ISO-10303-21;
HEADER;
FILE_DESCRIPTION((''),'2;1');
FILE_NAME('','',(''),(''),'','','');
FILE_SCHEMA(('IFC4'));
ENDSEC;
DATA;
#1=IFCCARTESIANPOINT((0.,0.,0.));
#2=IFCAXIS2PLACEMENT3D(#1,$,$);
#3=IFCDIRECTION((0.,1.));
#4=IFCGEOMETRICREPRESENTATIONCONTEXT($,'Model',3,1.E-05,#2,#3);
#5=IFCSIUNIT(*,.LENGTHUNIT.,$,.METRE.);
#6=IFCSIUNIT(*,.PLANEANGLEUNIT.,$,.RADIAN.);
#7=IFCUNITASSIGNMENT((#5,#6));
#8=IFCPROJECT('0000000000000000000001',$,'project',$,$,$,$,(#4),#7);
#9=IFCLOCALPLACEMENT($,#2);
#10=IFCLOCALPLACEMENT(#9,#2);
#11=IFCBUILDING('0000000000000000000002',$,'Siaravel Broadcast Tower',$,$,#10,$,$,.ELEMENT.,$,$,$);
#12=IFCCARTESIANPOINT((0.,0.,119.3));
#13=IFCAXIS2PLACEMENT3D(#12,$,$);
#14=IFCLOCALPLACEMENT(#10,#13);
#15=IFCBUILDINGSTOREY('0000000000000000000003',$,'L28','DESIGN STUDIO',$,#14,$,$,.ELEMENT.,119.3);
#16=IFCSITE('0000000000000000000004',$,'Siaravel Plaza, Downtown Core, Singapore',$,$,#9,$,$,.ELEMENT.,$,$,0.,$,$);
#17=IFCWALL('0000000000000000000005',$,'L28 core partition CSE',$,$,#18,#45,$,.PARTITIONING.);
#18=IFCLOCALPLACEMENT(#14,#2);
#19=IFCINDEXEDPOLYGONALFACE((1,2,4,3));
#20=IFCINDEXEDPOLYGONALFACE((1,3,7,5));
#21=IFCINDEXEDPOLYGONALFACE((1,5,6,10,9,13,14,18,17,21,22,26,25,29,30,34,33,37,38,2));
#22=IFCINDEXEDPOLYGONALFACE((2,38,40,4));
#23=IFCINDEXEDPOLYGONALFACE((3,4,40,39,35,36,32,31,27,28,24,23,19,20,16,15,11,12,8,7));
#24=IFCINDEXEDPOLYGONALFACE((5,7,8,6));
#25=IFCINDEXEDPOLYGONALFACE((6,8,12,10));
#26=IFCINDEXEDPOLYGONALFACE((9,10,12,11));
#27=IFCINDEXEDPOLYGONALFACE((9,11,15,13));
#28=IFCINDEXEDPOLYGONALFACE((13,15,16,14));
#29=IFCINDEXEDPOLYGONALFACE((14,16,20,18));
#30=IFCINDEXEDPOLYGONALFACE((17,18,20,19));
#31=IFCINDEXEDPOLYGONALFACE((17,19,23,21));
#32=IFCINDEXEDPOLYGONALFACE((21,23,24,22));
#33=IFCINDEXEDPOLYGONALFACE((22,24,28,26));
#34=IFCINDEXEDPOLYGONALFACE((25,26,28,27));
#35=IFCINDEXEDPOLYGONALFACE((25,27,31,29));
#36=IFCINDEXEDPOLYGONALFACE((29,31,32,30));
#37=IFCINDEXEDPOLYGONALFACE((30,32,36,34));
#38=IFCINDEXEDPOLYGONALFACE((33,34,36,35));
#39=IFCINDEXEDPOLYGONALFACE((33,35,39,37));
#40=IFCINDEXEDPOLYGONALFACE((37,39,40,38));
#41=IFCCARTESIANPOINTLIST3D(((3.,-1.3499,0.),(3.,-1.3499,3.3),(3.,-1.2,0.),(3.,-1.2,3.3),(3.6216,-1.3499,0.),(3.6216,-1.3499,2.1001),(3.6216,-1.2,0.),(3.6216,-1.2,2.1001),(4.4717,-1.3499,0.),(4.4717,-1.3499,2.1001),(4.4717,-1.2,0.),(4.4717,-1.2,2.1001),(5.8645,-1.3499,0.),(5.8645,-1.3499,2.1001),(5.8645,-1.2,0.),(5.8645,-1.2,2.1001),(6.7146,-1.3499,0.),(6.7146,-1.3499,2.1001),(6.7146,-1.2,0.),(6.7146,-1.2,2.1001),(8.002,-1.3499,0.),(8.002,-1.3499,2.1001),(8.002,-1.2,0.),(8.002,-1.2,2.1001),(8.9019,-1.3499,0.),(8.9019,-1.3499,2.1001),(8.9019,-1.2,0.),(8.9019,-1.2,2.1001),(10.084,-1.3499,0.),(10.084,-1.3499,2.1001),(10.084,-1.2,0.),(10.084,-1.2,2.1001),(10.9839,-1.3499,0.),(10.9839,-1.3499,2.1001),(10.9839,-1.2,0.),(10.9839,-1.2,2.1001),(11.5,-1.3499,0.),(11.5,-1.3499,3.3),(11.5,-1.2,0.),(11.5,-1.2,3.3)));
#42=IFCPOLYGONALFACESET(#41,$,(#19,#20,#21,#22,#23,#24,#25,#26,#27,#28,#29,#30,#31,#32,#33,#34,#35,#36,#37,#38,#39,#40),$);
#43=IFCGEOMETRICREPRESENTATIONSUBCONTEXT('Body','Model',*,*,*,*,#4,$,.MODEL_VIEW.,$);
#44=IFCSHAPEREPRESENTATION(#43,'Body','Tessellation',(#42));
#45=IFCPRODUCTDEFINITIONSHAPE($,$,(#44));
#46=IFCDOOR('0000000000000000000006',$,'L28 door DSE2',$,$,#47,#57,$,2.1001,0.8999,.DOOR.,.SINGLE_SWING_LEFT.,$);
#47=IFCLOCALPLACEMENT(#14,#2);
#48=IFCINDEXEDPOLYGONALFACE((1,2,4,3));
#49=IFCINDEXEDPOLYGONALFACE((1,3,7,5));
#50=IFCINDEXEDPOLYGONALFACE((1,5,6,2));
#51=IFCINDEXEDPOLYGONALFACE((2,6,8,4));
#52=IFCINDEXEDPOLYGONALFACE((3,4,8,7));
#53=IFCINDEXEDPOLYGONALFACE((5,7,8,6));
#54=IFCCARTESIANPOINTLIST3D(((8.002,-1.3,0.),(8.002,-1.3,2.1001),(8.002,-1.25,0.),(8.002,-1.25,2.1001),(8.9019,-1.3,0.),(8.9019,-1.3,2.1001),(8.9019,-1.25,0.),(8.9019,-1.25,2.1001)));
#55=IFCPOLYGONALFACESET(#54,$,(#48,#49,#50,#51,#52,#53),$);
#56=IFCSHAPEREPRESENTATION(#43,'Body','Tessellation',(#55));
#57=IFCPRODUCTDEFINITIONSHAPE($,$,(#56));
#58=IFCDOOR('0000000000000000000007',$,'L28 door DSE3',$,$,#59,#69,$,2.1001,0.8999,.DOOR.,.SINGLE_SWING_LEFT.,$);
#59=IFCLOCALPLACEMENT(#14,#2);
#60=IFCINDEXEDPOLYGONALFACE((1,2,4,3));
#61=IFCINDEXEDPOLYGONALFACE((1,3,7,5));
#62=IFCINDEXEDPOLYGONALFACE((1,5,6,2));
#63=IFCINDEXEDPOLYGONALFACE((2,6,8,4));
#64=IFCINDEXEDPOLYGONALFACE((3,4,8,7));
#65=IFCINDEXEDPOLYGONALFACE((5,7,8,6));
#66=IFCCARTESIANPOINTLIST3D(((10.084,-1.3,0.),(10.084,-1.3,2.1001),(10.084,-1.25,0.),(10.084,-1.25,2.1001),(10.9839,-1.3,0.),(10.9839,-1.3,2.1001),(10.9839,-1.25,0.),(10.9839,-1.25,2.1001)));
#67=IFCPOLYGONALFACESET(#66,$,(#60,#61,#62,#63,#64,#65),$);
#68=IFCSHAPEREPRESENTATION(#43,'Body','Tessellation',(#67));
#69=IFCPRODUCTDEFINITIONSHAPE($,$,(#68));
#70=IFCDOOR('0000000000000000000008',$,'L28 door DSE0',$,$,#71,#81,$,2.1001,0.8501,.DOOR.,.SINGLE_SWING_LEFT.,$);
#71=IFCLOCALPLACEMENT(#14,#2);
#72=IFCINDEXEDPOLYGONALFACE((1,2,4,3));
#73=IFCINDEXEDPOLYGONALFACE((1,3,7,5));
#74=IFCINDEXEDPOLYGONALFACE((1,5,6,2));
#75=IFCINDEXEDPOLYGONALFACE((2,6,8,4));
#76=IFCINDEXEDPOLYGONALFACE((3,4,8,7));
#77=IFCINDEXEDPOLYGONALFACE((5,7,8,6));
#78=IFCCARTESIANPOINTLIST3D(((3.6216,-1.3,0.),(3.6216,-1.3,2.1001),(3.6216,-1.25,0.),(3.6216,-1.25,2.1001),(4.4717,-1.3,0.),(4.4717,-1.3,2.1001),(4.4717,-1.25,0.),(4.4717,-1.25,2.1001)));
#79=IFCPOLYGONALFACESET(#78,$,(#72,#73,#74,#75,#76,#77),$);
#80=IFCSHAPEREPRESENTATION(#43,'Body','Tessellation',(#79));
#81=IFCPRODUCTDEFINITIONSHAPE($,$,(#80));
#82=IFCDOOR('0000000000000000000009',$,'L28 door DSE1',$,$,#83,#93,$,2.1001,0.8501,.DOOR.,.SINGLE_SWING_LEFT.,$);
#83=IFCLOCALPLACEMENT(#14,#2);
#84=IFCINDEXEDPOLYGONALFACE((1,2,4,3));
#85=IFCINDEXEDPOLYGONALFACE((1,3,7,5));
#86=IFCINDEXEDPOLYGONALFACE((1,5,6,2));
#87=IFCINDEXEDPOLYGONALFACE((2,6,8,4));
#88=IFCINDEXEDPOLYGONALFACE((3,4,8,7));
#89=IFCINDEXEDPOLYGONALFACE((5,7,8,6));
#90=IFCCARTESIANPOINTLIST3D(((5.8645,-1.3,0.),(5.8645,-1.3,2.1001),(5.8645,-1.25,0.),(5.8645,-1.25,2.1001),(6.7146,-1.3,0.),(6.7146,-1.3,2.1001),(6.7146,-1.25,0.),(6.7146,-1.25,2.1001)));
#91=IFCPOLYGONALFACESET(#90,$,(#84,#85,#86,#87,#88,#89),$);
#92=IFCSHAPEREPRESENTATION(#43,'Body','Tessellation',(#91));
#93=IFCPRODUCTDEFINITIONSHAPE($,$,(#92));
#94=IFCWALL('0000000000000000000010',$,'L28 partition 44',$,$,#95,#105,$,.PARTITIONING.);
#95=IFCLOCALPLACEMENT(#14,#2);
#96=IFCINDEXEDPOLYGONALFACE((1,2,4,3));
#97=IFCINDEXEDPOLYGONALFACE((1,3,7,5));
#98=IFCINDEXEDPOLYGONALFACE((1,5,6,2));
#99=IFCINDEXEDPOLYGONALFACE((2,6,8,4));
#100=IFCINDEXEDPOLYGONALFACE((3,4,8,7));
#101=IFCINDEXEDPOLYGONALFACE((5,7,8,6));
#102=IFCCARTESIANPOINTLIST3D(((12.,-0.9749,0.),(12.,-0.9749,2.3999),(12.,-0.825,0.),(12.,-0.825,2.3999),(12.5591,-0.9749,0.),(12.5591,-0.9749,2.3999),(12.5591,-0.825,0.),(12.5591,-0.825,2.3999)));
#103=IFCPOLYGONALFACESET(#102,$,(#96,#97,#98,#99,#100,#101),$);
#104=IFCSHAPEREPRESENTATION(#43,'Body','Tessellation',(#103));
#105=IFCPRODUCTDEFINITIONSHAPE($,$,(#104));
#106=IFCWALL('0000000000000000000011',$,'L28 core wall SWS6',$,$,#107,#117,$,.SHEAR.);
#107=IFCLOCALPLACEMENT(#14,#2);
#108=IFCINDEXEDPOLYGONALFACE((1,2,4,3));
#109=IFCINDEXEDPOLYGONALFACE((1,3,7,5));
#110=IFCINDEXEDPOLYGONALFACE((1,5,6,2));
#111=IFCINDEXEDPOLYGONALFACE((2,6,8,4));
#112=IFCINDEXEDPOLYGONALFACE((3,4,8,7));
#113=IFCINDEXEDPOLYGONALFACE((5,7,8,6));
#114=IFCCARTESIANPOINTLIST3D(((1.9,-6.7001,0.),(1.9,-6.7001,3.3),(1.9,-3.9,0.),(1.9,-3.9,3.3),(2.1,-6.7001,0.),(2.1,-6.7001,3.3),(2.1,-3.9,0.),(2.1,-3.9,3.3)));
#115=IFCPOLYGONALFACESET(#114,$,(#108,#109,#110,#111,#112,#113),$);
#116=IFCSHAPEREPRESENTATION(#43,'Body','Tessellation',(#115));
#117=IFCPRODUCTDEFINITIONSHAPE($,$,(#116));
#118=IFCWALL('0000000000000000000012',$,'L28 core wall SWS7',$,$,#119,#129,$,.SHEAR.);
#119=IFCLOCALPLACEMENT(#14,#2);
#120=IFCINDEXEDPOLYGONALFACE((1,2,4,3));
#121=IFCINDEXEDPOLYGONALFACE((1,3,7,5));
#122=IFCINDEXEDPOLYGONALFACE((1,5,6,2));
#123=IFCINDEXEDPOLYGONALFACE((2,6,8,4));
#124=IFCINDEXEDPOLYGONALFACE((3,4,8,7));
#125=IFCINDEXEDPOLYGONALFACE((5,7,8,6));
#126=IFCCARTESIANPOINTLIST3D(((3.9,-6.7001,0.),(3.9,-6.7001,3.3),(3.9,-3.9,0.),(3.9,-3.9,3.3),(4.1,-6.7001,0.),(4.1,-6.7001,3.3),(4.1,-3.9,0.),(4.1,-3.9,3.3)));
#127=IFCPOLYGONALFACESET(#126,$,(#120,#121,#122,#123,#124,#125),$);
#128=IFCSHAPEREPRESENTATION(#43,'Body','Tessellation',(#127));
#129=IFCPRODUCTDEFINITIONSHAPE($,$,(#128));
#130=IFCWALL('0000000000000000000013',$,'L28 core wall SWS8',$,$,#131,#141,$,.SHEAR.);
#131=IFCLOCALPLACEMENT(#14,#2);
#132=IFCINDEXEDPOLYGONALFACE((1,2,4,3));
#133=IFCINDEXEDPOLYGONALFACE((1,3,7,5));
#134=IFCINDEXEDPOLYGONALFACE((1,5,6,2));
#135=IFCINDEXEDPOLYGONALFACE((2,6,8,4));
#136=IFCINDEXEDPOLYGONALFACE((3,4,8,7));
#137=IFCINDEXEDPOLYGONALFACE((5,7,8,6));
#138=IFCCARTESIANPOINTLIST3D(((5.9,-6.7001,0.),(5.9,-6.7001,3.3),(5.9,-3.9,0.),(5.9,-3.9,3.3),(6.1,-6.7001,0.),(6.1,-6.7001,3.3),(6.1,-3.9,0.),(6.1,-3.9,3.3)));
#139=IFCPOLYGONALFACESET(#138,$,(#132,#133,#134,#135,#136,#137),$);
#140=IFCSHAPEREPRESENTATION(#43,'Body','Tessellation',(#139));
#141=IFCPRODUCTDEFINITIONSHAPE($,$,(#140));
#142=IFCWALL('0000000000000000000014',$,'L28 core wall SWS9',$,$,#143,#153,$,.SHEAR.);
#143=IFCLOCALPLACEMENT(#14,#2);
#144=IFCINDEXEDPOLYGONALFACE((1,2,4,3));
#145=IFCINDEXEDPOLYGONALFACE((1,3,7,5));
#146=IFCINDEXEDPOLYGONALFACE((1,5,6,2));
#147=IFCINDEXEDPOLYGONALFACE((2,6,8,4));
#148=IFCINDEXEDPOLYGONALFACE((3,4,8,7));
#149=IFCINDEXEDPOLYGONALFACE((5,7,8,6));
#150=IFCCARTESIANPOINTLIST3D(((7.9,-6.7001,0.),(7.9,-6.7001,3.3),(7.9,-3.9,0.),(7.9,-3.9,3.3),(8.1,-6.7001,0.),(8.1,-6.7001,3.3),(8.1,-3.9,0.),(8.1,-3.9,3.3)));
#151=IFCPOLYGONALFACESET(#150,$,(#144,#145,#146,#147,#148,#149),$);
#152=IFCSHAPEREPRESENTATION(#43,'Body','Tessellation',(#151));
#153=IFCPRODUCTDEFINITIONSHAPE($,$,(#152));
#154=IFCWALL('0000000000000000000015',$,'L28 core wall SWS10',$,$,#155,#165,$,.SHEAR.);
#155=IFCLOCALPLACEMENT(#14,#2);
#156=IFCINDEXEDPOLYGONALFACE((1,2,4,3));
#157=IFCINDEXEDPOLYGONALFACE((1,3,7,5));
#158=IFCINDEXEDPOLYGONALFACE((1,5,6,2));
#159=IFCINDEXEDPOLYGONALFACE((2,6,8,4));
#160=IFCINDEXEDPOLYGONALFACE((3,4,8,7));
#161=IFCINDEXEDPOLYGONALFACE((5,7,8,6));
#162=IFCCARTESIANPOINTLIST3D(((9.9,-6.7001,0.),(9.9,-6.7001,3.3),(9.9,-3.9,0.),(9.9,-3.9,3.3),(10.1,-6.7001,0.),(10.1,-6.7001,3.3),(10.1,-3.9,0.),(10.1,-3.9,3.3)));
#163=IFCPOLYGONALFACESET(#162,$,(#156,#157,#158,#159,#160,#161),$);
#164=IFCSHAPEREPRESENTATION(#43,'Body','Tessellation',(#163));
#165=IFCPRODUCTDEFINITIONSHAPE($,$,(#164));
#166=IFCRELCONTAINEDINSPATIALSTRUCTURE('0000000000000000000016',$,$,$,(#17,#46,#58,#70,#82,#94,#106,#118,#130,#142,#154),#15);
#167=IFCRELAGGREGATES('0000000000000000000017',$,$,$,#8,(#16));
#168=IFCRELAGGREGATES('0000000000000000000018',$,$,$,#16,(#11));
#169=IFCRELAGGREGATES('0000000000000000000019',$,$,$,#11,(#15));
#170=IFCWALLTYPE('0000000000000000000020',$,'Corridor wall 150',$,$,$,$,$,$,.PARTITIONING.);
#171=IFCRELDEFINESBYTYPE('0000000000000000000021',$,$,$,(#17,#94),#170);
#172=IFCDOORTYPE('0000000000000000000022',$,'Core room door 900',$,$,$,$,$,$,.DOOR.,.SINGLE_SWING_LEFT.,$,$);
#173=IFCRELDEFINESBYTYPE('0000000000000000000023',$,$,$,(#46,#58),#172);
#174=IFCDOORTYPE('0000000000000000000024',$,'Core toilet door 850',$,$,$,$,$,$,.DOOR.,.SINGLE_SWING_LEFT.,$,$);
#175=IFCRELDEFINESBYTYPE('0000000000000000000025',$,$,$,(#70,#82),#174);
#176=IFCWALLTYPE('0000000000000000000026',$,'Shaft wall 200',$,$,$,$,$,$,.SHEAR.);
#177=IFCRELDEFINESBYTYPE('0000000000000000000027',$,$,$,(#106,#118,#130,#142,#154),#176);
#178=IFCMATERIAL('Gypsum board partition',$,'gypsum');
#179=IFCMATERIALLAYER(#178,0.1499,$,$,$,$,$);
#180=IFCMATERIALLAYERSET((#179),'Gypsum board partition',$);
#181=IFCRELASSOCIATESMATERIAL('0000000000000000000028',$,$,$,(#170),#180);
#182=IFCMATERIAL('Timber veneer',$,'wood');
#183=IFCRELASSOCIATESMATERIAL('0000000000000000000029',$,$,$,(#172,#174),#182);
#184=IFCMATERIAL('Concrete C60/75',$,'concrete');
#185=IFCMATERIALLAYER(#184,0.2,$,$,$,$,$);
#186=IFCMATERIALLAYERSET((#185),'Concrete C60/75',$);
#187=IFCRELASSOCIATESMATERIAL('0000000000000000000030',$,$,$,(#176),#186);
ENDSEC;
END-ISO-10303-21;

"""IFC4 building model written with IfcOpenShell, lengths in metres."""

from ifc_helpers import new_model, si_unit, direction, frame, frame_2d, origin, place, context, subcontext, project, spatial, rectangle, extrude, material, layer, layer_set, type_object, element, fill, save


model = new_model("IFC4")

# Units and contexts
model_context = context("Model", 3, precision=1e-05, world=origin(), true_north=direction((0.0, 1.0)))
body_context = subcontext(model_context, "Body", "Model", "MODEL_VIEW")
ifc_project = project(units=[si_unit("LENGTHUNIT", "METRE"), si_unit("PLANEANGLEUNIT", "RADIAN")], contexts=[model_context])

# Site, building, storey
site_placement = place(None, origin())
site = spatial("IfcSite", under=ifc_project, at=site_placement, Name="Siaravel Plaza, Downtown Core, Singapore", CompositionType="ELEMENT", RefElevation=0.0)
building_placement = place(site_placement, origin())
building = spatial("IfcBuilding", under=site, at=building_placement, Name="Siaravel Broadcast Tower", CompositionType="ELEMENT")
storey_placement = place(building_placement, frame((0.0, 0.0, 119.3)))
storey = spatial("IfcBuildingStorey", under=building, at=storey_placement, Name="L28", Description="DESIGN STUDIO", CompositionType="ELEMENT", Elevation=119.3)

# Wall, openings, doors
ifc_material_1 = material(Name="Gypsum board partition", Category="gypsum")
ifc_layer_1 = layer(ifc_material_1, 0.1499)
ifc_layer_set_1 = layer_set([ifc_layer_1], Name="Gypsum board partition")
wall_type_1 = type_object("IfcWallType", Name="Corridor wall 150", PredefinedType="PARTITIONING", material=ifc_layer_set_1)
wall_1_placement = place(storey_placement, frame((3.0, -1.2749, 0.0), z_axis=(0.0, 0.0, 1.0), x_axis=(1.0, 0.0, 0.0)))
wall_1 = element("IfcWall", 1, at=wall_1_placement, inside=storey, type_object=wall_type_1, Name="L28 core partition CSE", PredefinedType="PARTITIONING", context=body_context, shape_type="SweptSolid", body=[
    extrude(rectangle(XDim=8.5, YDim=0.1499, at=frame_2d((4.25, 0.0))), origin(), (0.0, 0.0, 1.0), 3.3),
])
opening_1_placement = place(wall_1_placement, frame((0.6216, 0.0, 0.0)))
opening_1 = element("IfcOpeningElement", 2, at=opening_1_placement, cuts=wall_1, PredefinedType="OPENING", context=body_context, shape_type="SweptSolid", body=[
    extrude(rectangle(XDim=0.8501, YDim=2.1001, at=frame_2d((0.425, 1.05))), frame((0.0, 0.085, 0.0), z_axis=(0.0, -1.0, 0.0), x_axis=(1.0, 0.0, 0.0)), (0.0, 0.0, 1.0), 0.1699),
])
opening_2_placement = place(wall_1_placement, frame((2.8645, 0.0, 0.0)))
opening_2 = element("IfcOpeningElement", 3, at=opening_2_placement, cuts=wall_1, PredefinedType="OPENING", context=body_context, shape_type="SweptSolid", body=[
    extrude(rectangle(XDim=0.8501, YDim=2.1001, at=frame_2d((0.425, 1.05))), frame((0.0, 0.085, 0.0), z_axis=(0.0, -1.0, 0.0), x_axis=(1.0, 0.0, 0.0)), (0.0, 0.0, 1.0), 0.1699),
])
opening_3_placement = place(wall_1_placement, frame((5.002, 0.0, 0.0)))
opening_3 = element("IfcOpeningElement", 4, at=opening_3_placement, cuts=wall_1, PredefinedType="OPENING", context=body_context, shape_type="SweptSolid", body=[
    extrude(rectangle(XDim=0.8999, YDim=2.1001, at=frame_2d((0.45, 1.05))), frame((0.0, 0.085, 0.0), z_axis=(0.0, -1.0, 0.0), x_axis=(1.0, 0.0, 0.0)), (0.0, 0.0, 1.0), 0.1699),
])
opening_4_placement = place(wall_1_placement, frame((7.084, 0.0, 0.0)))
opening_4 = element("IfcOpeningElement", 5, at=opening_4_placement, cuts=wall_1, PredefinedType="OPENING", context=body_context, shape_type="SweptSolid", body=[
    extrude(rectangle(XDim=0.8999, YDim=2.1001, at=frame_2d((0.45, 1.05))), frame((0.0, 0.085, 0.0), z_axis=(0.0, -1.0, 0.0), x_axis=(1.0, 0.0, 0.0)), (0.0, 0.0, 1.0), 0.1699),
])
ifc_material_2 = material(Name="Timber veneer", Category="wood")
door_type_1 = type_object("IfcDoorType", Name="Core room door 900", OperationType="SINGLE_SWING_LEFT", PredefinedType="DOOR", material=ifc_material_2)
door_1_placement = place(opening_3_placement, origin())
door_1 = element("IfcDoor", 6, at=door_1_placement, inside=storey, type_object=door_type_1, Name="L28 door DSE2", OperationType="SINGLE_SWING_LEFT", OverallHeight=2.1001, OverallWidth=0.8999, PredefinedType="DOOR", context=body_context, shape_type="SweptSolid", body=[
    extrude(rectangle(XDim=0.8999, YDim=2.1001, at=frame_2d((0.45, 1.05))), frame((0.0, 0.0249, 0.0), z_axis=(0.0, -1.0, 0.0), x_axis=(1.0, 0.0, 0.0)), (0.0, 0.0, 1.0), 0.05),
])
fill(opening_3, door_1)
door_2_placement = place(opening_4_placement, origin())
door_2 = element("IfcDoor", 7, at=door_2_placement, inside=storey, type_object=door_type_1, Name="L28 door DSE3", OperationType="SINGLE_SWING_LEFT", OverallHeight=2.1001, OverallWidth=0.8999, PredefinedType="DOOR", context=body_context, shape_type="SweptSolid", body=[
    extrude(rectangle(XDim=0.8999, YDim=2.1001, at=frame_2d((0.45, 1.05))), frame((0.0, 0.0249, 0.0), z_axis=(0.0, -1.0, 0.0), x_axis=(1.0, 0.0, 0.0)), (0.0, 0.0, 1.0), 0.05),
])
fill(opening_4, door_2)
door_type_2 = type_object("IfcDoorType", Name="Core toilet door 850", OperationType="SINGLE_SWING_LEFT", PredefinedType="DOOR", material=ifc_material_2)
door_3_placement = place(opening_1_placement, origin())
door_3 = element("IfcDoor", 8, at=door_3_placement, inside=storey, type_object=door_type_2, Name="L28 door DSE0", OperationType="SINGLE_SWING_LEFT", OverallHeight=2.1001, OverallWidth=0.8501, PredefinedType="DOOR", context=body_context, shape_type="SweptSolid", body=[
    extrude(rectangle(XDim=0.8501, YDim=2.1001, at=frame_2d((0.425, 1.05))), frame((0.0, 0.0249, 0.0), z_axis=(0.0, -1.0, 0.0), x_axis=(1.0, 0.0, 0.0)), (0.0, 0.0, 1.0), 0.05),
])
fill(opening_1, door_3)
door_4_placement = place(opening_2_placement, origin())
door_4 = element("IfcDoor", 9, at=door_4_placement, inside=storey, type_object=door_type_2, Name="L28 door DSE1", OperationType="SINGLE_SWING_LEFT", OverallHeight=2.1001, OverallWidth=0.8501, PredefinedType="DOOR", context=body_context, shape_type="SweptSolid", body=[
    extrude(rectangle(XDim=0.8501, YDim=2.1001, at=frame_2d((0.425, 1.05))), frame((0.0, 0.0249, 0.0), z_axis=(0.0, -1.0, 0.0), x_axis=(1.0, 0.0, 0.0)), (0.0, 0.0, 1.0), 0.05),
])
fill(opening_2, door_4)

# Walls
wall_2_placement = place(storey_placement, frame((12.0, -0.8999, 0.0), z_axis=(0.0, 0.0, 1.0), x_axis=(1.0, 0.0, 0.0)))
element("IfcWall", 10, at=wall_2_placement, inside=storey, type_object=wall_type_1, Name="L28 partition 44", PredefinedType="PARTITIONING", context=body_context, shape_type="SweptSolid", body=[
    extrude(rectangle(XDim=0.5591, YDim=0.1499, at=frame_2d((0.2795, 0.0))), origin(), (0.0, 0.0, 1.0), 2.3999),
])
ifc_material_3 = material(Name="Concrete C60/75", Category="concrete")
ifc_layer_2 = layer(ifc_material_3, 0.2)
ifc_layer_set_2 = layer_set([ifc_layer_2], Name="Concrete C60/75")
wall_type_2 = type_object("IfcWallType", Name="Shaft wall 200", PredefinedType="SHEAR", material=ifc_layer_set_2)
for number, where, z_axis, x_axis, name in (
    (11, (2.0, -6.7, 0.0), (0.0, 0.0, 1.0), (0.0, 1.0, 0.0), "L28 core wall SWS6"),
    (12, (4.0, -6.7, 0.0), (0.0, 0.0, 1.0), (0.0, 1.0, 0.0), "L28 core wall SWS7"),
    (13, (6.0, -6.7, 0.0), (0.0, 0.0, 1.0), (0.0, 1.0, 0.0), "L28 core wall SWS8"),
    (14, (8.0, -6.7, 0.0), (0.0, 0.0, 1.0), (0.0, 1.0, 0.0), "L28 core wall SWS9"),
    (15, (10.0, -6.7, 0.0), (0.0, 0.0, 1.0), (0.0, 1.0, 0.0), "L28 core wall SWS10"),
):
    element("IfcWall", number, at=place(storey_placement, frame(where, z_axis=z_axis, x_axis=x_axis)), inside=storey, type_object=wall_type_2, Name=name, PredefinedType="SHEAR", context=body_context, shape_type="SweptSolid", body=[
        extrude(rectangle(XDim=2.8, YDim=0.2, at=frame_2d((1.3999, 0.0))), origin(), (0.0, 0.0, 1.0), 3.3),
    ])

save(model, "model.ifc")
